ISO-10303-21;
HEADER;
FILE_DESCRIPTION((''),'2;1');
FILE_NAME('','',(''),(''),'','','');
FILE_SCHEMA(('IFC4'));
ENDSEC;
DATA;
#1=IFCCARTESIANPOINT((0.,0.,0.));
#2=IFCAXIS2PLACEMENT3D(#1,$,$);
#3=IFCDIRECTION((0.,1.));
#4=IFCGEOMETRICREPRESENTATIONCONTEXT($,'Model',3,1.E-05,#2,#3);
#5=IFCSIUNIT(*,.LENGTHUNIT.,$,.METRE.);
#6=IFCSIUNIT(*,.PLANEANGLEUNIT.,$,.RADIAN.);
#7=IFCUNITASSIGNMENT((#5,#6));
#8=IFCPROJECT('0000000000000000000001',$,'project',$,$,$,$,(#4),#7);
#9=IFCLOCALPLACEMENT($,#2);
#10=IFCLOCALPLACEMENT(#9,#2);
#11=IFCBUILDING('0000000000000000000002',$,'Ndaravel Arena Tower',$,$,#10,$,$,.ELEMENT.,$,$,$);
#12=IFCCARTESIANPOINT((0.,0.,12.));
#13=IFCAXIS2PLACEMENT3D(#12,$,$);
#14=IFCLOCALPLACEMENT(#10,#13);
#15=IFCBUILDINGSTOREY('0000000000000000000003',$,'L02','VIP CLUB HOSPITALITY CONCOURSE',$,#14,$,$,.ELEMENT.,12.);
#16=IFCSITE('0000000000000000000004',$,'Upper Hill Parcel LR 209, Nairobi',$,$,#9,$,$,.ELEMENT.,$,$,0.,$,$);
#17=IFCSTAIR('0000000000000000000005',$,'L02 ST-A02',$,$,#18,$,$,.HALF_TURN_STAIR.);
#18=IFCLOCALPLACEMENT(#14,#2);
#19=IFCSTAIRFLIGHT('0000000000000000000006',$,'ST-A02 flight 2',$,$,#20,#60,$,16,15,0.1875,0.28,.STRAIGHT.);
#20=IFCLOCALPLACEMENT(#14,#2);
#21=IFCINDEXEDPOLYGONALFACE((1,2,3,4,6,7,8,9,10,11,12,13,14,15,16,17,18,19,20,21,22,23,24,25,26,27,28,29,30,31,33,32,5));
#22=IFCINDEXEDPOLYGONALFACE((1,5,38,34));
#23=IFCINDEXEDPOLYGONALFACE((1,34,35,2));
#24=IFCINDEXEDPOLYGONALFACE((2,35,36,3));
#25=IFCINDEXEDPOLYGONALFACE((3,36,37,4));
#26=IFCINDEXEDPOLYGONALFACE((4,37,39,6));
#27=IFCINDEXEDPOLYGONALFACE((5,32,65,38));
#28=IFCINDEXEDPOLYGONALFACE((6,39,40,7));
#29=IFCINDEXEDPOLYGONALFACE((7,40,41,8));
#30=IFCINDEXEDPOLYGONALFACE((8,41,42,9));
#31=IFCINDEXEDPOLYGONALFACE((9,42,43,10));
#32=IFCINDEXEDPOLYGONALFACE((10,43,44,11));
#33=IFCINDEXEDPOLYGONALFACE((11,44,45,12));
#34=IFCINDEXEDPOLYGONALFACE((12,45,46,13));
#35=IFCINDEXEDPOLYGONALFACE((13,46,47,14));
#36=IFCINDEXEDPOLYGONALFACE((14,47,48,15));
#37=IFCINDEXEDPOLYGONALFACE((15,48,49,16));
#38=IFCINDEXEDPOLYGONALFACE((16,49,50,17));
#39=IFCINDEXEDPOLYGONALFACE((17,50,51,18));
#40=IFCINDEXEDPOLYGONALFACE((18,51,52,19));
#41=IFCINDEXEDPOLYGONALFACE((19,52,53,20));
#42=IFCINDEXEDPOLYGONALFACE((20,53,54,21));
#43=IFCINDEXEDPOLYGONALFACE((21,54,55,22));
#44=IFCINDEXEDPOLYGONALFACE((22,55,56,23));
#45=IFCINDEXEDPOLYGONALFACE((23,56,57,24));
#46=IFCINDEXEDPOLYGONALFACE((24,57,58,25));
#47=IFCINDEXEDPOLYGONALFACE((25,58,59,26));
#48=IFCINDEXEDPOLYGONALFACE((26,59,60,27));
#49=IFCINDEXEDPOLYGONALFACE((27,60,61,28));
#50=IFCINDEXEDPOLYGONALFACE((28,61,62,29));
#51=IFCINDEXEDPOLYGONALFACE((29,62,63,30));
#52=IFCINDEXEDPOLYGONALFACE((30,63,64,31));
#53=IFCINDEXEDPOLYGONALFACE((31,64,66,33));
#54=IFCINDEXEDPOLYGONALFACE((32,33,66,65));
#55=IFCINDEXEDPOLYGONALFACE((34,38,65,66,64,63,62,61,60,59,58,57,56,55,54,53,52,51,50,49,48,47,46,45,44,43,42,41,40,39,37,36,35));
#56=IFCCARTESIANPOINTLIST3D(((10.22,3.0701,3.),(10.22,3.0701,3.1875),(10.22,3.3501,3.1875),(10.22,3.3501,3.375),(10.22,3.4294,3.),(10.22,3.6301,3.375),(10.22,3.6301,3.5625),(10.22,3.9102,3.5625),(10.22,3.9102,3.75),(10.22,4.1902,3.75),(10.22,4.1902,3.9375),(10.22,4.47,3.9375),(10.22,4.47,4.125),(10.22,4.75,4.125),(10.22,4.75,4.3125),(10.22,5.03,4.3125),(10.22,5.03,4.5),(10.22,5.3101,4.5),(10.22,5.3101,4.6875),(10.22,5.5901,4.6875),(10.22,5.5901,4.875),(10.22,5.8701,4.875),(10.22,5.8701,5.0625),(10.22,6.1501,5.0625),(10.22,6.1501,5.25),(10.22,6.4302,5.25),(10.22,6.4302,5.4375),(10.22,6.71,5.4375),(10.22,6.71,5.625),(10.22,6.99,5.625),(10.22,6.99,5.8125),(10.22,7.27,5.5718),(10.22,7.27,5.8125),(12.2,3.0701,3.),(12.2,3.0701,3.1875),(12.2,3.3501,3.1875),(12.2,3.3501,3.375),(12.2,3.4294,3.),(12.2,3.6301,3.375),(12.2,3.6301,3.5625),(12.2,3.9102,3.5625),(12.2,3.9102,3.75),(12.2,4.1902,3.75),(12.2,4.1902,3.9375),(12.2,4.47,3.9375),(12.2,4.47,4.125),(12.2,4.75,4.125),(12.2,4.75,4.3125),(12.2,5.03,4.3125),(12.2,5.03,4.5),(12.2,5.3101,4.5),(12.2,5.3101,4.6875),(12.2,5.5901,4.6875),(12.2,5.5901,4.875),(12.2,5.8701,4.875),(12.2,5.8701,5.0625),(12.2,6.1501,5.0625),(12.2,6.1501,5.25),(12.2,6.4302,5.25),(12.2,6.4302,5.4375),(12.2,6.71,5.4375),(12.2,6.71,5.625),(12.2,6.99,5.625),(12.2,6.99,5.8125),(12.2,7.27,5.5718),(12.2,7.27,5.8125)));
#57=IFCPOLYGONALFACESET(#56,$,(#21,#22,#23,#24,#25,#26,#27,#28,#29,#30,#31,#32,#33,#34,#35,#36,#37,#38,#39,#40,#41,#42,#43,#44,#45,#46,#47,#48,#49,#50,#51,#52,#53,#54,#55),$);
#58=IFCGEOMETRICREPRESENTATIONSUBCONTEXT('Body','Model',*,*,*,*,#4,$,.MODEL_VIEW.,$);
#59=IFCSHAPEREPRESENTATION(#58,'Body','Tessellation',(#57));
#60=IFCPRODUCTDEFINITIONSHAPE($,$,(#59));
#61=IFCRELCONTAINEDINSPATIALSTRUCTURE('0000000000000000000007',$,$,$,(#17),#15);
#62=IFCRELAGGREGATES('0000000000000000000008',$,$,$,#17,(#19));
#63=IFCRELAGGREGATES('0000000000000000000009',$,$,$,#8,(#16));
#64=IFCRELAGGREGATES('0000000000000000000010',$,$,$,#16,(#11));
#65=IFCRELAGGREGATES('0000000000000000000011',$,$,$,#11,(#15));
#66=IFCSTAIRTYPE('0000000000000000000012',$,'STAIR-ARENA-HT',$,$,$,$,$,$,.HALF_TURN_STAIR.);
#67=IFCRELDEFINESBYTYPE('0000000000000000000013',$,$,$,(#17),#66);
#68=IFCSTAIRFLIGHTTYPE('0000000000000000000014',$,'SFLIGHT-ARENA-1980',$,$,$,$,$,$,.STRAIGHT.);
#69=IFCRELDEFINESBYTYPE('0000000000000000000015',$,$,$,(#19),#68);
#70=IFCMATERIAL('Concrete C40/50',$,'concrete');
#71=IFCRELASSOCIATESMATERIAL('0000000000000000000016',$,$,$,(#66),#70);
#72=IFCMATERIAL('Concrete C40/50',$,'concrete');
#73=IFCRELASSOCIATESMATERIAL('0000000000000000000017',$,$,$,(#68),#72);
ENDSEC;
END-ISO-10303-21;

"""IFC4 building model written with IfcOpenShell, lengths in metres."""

from ifc_helpers import new_model, si_unit, direction, frame, origin, place, context, subcontext, project, spatial, polyline, outline, extrude, material, type_object, element, aggregate, save


model = new_model("IFC4")

# Units and contexts
model_context = context("Model", 3, precision=1e-05, world=origin(), true_north=direction((0.0, 1.0)))
body_context = subcontext(model_context, "Body", "Model", "MODEL_VIEW")
ifc_project = project(units=[si_unit("LENGTHUNIT", "METRE"), si_unit("PLANEANGLEUNIT", "RADIAN")], contexts=[model_context])

# Site, building, storey
site_placement = place(None, origin())
site = spatial("IfcSite", under=ifc_project, at=site_placement, Name="Upper Hill Parcel LR 209, Nairobi", CompositionType="ELEMENT", RefElevation=0.0)
building_placement = place(site_placement, origin())
building = spatial("IfcBuilding", under=site, at=building_placement, Name="Ndaravel Arena Tower", CompositionType="ELEMENT")
storey_placement = place(building_placement, frame((0.0, 0.0, 12.0)))
storey = spatial("IfcBuildingStorey", under=building, at=storey_placement, Name="L02", Description="VIP CLUB HOSPITALITY CONCOURSE", CompositionType="ELEMENT", Elevation=12.0)

# Stair, stair flight
ifc_material_1 = material(Name="Concrete C40/50", Category="concrete")
stair_type = type_object("IfcStairType", Name="STAIR-ARENA-HT", PredefinedType="HALF_TURN_STAIR", material=ifc_material_1)
stair_placement = place(storey_placement, origin())
stair = element("IfcStair", 1, at=stair_placement, inside=storey, type_object=stair_type, Name="L02 ST-A02", PredefinedType="HALF_TURN_STAIR")
ifc_material_2 = material(Name="Concrete C40/50", Category="concrete")
stair_flight_type = type_object("IfcStairFlightType", Name="SFLIGHT-ARENA-1980", PredefinedType="STRAIGHT", material=ifc_material_2)
stair_flight_1_placement = place(storey_placement, frame((11.21, 3.0701, 3.0), z_axis=(0.0, 0.0, 1.0), x_axis=(0.0, 1.0, 0.0)))
stair_flight_1 = element("IfcStairFlight", 2, at=stair_flight_1_placement, type_object=stair_flight_type, Name="ST-A02 flight 2", NumberOfRisers=16, NumberOfTreads=15, PredefinedType="STRAIGHT", RiserHeight=0.1875, TreadLength=0.28, context=body_context, shape_type="SweptSolid", body=[
    extrude(outline(polyline([(0.0, 0.0), (0.0, 0.1875), (0.28, 0.1875), (0.28, 0.375), (0.5601, 0.375), (0.5601, 0.5625), (0.8401, 0.5625), (0.8401, 0.75), (1.1201, 0.75), (1.1201, 0.9375), (1.3999, 0.9375), (1.3999, 1.125), (1.6799, 1.125), (1.6799, 1.3125), (1.96, 1.3125), (1.96, 1.5), (2.24, 1.5), (2.24, 1.6875), (2.52, 1.6875), (2.52, 1.875), (2.8, 1.875), (2.8, 2.0625), (3.0801, 2.0625), (3.0801, 2.25), (3.3601, 2.25), (3.3601, 2.4375), (3.6399, 2.4375), (3.6399, 2.625), (3.9199, 2.625), (3.9199, 2.8125), (4.2, 2.8125), (4.2, 3.0), (4.2, 2.5718), (0.3594, 0.0), (0.0, 0.0)])), frame((0.0, 0.99, 0.0), z_axis=(0.0, -1.0, 0.0), x_axis=(1.0, 0.0, 0.0)), (0.0, 0.0, 1.0), 1.98),
])
aggregate(stair, [stair_flight_1])

save(model, "model.ifc")
